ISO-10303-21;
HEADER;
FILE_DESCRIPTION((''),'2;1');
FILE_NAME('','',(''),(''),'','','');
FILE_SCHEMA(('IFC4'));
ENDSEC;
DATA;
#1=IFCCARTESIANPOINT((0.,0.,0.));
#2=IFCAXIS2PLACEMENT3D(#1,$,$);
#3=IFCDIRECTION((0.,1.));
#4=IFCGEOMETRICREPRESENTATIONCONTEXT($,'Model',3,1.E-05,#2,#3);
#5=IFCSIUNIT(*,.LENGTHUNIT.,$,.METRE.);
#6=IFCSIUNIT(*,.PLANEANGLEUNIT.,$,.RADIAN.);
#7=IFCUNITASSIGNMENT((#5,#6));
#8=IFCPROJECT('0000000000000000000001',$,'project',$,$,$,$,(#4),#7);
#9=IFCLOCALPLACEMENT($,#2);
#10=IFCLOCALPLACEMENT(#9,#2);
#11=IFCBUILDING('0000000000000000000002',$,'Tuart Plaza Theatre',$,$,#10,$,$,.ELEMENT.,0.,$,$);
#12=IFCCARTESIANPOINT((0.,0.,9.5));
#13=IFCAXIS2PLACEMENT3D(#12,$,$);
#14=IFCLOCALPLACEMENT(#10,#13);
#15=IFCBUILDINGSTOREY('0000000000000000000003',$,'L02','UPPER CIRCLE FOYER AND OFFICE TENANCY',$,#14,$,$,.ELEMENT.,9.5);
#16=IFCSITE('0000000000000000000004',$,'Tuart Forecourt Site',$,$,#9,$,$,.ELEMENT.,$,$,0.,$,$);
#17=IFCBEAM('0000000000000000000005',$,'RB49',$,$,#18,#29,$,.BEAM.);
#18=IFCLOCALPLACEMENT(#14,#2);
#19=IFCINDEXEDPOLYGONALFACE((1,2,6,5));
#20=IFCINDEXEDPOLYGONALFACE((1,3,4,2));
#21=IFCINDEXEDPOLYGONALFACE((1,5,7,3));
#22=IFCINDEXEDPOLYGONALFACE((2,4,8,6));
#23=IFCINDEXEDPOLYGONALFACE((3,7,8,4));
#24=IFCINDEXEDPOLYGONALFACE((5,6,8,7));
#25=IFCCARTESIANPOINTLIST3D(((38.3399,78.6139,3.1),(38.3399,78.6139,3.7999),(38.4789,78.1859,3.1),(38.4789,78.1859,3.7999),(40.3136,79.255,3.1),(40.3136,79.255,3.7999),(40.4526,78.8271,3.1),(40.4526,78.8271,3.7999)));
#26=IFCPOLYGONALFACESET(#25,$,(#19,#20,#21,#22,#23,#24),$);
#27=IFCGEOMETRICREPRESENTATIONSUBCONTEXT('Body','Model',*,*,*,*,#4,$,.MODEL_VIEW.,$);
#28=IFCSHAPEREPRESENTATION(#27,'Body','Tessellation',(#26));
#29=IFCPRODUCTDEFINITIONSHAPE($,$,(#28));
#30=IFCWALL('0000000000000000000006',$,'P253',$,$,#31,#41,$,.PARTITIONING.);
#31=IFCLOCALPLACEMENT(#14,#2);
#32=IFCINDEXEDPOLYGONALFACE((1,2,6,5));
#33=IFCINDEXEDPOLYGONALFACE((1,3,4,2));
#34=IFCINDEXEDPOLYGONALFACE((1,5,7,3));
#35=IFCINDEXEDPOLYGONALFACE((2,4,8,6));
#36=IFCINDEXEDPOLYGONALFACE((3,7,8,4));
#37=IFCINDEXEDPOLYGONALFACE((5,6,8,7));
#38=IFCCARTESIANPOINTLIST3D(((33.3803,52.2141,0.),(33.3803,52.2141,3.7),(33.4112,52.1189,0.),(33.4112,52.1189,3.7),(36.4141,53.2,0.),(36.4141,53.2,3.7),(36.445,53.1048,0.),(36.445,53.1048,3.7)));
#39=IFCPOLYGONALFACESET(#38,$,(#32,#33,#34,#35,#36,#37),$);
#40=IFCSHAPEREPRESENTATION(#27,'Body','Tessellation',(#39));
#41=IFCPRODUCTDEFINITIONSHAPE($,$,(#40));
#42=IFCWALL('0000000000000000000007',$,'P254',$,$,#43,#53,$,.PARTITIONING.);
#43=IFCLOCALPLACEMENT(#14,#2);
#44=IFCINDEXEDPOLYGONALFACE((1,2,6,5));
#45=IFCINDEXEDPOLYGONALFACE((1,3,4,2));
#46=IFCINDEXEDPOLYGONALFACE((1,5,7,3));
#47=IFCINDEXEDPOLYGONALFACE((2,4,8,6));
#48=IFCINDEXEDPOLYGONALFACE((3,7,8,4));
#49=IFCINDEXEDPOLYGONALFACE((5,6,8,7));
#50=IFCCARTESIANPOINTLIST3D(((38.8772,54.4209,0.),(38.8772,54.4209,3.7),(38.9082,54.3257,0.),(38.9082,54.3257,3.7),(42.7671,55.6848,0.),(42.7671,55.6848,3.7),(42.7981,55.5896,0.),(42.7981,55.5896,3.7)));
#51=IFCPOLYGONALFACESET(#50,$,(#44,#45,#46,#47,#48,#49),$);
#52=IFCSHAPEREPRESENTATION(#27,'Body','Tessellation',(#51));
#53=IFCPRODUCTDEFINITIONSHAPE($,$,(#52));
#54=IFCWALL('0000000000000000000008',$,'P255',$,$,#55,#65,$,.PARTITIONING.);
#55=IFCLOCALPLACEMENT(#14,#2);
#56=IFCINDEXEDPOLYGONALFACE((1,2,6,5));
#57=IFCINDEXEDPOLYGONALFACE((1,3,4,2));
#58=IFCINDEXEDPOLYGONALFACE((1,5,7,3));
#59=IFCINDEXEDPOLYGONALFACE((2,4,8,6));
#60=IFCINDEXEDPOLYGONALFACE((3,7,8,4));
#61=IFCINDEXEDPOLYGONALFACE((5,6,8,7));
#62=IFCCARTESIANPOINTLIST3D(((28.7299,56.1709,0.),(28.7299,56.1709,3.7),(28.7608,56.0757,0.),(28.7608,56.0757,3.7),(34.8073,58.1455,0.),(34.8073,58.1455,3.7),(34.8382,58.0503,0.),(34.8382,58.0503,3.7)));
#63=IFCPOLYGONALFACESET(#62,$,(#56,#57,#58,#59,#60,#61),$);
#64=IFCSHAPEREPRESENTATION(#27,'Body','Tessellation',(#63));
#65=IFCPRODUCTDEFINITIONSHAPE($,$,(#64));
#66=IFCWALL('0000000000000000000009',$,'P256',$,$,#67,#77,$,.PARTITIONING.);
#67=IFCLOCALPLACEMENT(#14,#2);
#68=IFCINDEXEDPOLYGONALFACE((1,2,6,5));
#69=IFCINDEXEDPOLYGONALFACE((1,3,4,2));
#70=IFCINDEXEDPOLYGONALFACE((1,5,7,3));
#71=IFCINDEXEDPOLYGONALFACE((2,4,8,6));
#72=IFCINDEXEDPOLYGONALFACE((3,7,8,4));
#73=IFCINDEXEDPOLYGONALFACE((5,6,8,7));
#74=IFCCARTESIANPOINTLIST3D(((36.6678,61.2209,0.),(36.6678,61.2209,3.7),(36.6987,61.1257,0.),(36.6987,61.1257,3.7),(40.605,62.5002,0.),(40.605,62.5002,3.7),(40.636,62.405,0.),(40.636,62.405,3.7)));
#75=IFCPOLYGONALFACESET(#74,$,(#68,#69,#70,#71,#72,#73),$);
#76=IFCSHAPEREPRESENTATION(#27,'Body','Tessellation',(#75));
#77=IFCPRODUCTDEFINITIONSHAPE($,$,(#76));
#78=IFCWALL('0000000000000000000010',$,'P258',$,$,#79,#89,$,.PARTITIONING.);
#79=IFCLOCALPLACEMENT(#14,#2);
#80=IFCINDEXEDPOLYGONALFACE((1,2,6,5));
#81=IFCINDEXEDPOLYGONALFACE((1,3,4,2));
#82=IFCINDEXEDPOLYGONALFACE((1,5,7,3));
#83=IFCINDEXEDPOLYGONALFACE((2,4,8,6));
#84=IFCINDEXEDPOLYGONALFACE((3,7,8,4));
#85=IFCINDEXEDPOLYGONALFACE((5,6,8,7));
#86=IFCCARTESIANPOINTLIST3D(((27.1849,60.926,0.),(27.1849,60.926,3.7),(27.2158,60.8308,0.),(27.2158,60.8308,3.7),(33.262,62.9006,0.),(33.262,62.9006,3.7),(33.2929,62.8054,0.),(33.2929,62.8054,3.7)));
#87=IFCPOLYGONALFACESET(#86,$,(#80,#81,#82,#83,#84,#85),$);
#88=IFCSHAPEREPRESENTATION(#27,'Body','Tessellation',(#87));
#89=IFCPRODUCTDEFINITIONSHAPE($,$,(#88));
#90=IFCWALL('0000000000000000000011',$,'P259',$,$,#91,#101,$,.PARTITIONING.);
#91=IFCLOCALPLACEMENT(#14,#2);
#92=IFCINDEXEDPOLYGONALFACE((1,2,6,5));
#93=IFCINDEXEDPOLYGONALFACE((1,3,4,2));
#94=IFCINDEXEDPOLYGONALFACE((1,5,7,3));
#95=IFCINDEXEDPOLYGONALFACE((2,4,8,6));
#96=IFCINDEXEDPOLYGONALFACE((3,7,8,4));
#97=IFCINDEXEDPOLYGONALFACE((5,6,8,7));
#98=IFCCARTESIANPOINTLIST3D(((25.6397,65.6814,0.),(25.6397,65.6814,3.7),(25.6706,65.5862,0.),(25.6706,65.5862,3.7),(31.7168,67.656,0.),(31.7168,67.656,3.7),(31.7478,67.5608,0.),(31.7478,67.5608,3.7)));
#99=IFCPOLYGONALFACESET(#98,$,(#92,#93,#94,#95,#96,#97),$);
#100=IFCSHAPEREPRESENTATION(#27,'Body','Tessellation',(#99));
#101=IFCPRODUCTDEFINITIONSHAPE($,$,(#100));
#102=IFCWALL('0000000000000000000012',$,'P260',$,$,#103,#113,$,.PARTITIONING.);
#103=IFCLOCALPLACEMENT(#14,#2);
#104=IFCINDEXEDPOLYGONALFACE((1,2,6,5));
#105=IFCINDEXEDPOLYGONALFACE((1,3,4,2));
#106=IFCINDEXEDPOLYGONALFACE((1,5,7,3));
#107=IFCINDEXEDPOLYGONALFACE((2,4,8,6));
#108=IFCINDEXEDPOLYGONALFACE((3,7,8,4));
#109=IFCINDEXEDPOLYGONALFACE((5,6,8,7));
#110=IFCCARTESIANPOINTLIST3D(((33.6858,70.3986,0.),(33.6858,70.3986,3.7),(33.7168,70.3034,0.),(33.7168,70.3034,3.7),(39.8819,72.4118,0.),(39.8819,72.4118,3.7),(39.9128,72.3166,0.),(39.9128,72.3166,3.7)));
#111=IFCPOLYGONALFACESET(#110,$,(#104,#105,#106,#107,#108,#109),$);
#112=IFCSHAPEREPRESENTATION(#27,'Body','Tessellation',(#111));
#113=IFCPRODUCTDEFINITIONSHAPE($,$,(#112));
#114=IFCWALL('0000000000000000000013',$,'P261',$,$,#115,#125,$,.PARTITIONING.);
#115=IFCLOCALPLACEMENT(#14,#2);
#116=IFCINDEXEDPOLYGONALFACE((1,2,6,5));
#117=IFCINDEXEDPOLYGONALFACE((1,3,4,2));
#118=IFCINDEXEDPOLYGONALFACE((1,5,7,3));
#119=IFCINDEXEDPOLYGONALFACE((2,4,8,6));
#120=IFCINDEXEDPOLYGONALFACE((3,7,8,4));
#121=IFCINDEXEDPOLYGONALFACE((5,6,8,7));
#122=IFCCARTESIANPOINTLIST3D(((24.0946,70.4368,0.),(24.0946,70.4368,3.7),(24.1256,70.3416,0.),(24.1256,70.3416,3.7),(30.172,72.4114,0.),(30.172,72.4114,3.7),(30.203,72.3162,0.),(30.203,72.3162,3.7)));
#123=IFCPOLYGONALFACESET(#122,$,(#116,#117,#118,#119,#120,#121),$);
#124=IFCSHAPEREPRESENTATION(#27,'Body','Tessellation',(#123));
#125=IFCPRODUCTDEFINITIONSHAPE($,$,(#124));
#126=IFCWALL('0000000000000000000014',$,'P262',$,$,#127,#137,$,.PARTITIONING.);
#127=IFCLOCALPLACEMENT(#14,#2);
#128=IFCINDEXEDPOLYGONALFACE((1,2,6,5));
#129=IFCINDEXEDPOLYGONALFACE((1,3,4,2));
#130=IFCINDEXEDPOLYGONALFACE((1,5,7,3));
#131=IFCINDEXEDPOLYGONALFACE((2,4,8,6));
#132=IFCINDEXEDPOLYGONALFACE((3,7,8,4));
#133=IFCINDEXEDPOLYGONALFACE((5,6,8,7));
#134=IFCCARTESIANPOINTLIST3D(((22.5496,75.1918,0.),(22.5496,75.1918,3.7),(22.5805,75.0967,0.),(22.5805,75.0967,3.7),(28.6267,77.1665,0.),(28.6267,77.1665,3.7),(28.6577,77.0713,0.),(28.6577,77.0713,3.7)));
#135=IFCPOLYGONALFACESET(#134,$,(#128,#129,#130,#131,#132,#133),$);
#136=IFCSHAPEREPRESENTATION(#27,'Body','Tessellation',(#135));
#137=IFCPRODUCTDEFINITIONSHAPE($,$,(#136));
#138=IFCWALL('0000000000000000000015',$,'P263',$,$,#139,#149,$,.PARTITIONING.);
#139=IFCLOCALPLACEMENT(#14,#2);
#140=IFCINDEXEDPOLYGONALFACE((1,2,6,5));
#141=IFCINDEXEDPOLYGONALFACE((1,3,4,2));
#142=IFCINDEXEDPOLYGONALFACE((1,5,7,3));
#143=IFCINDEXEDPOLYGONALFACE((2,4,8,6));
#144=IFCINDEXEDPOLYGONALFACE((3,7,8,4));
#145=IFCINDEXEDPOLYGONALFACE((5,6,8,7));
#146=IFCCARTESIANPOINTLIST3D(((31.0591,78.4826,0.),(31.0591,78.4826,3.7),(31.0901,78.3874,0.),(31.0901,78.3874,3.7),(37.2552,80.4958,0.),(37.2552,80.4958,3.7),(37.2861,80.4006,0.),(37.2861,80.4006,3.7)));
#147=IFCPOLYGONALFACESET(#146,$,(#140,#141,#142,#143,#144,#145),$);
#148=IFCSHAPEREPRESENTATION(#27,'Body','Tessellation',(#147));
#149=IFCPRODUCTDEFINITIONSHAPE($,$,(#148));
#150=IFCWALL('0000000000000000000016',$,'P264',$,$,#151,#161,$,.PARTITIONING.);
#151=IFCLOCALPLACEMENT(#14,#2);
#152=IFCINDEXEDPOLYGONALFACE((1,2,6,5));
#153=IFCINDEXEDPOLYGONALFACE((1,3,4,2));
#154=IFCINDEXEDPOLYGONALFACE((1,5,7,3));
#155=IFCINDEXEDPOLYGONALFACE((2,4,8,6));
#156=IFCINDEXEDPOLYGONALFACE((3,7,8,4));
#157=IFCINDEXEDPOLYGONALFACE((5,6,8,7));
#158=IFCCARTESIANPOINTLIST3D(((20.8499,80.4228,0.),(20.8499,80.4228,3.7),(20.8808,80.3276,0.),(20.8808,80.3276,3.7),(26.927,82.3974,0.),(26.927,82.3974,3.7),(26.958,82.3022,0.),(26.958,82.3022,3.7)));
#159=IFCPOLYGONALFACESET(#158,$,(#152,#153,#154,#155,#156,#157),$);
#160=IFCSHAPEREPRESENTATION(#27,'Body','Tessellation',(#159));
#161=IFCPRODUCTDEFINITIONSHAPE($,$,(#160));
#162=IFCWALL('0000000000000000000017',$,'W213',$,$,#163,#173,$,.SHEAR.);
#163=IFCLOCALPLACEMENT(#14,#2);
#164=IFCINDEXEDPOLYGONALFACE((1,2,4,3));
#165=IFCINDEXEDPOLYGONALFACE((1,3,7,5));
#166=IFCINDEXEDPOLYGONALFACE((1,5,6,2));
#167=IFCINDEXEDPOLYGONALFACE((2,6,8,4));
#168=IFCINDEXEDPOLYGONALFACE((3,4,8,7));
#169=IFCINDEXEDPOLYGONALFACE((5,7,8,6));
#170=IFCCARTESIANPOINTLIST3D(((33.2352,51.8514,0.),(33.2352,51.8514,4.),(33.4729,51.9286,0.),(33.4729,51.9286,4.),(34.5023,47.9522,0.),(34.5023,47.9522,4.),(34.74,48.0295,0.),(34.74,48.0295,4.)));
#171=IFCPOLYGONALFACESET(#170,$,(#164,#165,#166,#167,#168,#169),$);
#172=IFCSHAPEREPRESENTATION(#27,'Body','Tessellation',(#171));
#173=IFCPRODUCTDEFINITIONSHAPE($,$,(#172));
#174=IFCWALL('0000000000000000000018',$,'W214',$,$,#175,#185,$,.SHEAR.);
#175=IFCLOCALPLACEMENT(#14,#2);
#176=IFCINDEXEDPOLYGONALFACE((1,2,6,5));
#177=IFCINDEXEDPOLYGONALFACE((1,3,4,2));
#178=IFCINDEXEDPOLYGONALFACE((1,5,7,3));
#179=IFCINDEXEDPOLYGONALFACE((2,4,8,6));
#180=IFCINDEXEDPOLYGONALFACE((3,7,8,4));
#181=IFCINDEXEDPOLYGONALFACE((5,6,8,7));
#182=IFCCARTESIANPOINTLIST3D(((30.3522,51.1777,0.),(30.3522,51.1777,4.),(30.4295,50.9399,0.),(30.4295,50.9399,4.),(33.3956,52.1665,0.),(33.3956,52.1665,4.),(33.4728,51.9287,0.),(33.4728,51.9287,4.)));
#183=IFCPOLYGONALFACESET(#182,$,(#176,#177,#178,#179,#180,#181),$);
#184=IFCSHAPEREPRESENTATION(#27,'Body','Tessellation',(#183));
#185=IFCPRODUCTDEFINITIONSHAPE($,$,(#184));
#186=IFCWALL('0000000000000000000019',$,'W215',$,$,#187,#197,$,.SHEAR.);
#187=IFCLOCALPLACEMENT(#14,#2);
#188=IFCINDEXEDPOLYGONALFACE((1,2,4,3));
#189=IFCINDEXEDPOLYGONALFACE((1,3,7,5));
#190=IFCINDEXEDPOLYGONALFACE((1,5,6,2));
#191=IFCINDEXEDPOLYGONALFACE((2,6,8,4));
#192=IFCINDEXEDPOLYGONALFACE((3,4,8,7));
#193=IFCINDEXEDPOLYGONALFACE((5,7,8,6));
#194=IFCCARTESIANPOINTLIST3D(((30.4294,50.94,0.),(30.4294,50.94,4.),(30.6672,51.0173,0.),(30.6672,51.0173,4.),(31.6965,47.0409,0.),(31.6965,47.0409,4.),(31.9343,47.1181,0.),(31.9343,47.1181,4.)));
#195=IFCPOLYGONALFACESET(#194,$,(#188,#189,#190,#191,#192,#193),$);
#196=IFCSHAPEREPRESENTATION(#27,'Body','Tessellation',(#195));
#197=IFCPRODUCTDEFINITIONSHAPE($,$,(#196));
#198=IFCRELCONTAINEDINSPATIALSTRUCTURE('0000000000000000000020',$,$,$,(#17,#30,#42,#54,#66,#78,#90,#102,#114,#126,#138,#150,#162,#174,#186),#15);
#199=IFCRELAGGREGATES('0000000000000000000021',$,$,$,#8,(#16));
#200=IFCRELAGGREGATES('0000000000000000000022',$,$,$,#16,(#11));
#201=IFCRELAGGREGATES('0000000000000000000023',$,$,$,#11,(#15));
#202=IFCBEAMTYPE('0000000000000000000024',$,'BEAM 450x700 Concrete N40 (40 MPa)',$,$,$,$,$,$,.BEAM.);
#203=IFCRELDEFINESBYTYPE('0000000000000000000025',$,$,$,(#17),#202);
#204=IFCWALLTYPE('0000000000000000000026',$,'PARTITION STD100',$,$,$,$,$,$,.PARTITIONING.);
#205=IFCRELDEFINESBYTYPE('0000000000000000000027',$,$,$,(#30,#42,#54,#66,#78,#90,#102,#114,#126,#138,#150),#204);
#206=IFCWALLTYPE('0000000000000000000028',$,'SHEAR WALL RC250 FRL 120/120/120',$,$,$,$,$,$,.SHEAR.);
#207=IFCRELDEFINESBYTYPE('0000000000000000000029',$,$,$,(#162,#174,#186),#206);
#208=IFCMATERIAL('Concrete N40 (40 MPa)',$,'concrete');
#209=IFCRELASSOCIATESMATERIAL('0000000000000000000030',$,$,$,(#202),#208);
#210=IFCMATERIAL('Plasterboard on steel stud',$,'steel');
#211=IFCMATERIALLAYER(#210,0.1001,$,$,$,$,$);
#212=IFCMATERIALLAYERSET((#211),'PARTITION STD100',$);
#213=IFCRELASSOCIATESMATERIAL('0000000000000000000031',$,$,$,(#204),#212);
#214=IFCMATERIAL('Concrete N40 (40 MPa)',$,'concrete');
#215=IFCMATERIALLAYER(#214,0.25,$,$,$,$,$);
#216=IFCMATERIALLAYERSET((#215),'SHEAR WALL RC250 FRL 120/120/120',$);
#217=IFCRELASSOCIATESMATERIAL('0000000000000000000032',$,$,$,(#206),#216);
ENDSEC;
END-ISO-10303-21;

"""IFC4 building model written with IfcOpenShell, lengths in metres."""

from ifc_helpers import new_model, si_unit, direction, frame, frame_2d, origin, origin_2d, place, context, subcontext, project, spatial, rectangle, extrude, material, layer, layer_set, material_profile, profile_set, type_object, element, save


model = new_model("IFC4")

# Units and contexts
model_context = context("Model", 3, precision=1e-05, world=origin(), true_north=direction((0.0, 1.0)))
body_context = subcontext(model_context, "Body", "Model", "MODEL_VIEW")
ifc_project = project(units=[si_unit("LENGTHUNIT", "METRE"), si_unit("PLANEANGLEUNIT", "RADIAN")], contexts=[model_context])

# Site, building, storey
site_placement = place(None, origin())
site = spatial("IfcSite", under=ifc_project, at=site_placement, Name="Tuart Forecourt Site", CompositionType="ELEMENT", RefElevation=0.0)
building_placement = place(site_placement, origin())
building = spatial("IfcBuilding", under=site, at=building_placement, Name="Tuart Plaza Theatre", CompositionType="ELEMENT", ElevationOfRefHeight=0.0)
storey_placement = place(building_placement, frame((0.0, 0.0, 9.5)))
storey = spatial("IfcBuildingStorey", under=building, at=storey_placement, Name="L02", Description="UPPER CIRCLE FOYER AND OFFICE TENANCY", CompositionType="ELEMENT", Elevation=9.5)

# Beam
ifc_material_1 = material(Name="Concrete N40 (40 MPa)", Category="concrete")
ifc_material_profile = material_profile(ifc_material_1, rectangle(XDim=0.45, YDim=0.7, at=origin_2d()), Name="BEAM 450x700 Concrete N40 (40 MPa)")
ifc_profile_set = profile_set([ifc_material_profile], Name="Concrete N40 (40 MPa)")
beam_type = type_object("IfcBeamType", Name="BEAM 450x700 Concrete N40 (40 MPa)", PredefinedType="BEAM", material=ifc_profile_set)
beam_placement = place(storey_placement, frame((38.4094, 78.3999, 3.45), z_axis=(0.951079, 0.308948, 0.0), x_axis=(-0.308948, 0.951079, 0.0)))
element("IfcBeam", 1, at=beam_placement, inside=storey, type_object=beam_type, Name="RB49", PredefinedType="BEAM", context=body_context, shape_type="SweptSolid", body=[
    extrude(rectangle(XDim=0.45, YDim=0.7, at=origin_2d()), origin(), (0.0, 0.0, 1.0), 2.0752),
])

# Walls
ifc_material_2 = material(Name="Plasterboard on steel stud", Category="steel")
ifc_layer_1 = layer(ifc_material_2, 0.1001)
ifc_layer_set_1 = layer_set([ifc_layer_1], Name="PARTITION STD100")
wall_type_1 = type_object("IfcWallType", Name="PARTITION STD100", PredefinedType="PARTITIONING", material=ifc_layer_set_1)
wall_1_placement = place(storey_placement, frame((33.3958, 52.1665, 0.0), z_axis=(0.0, 0.0, 1.0), x_axis=(0.951044, 0.309055, 0.0)))
element("IfcWall", 2, at=wall_1_placement, inside=storey, type_object=wall_type_1, Name="P253", PredefinedType="PARTITIONING", context=body_context, shape_type="SweptSolid", body=[
    extrude(rectangle(XDim=3.1899, YDim=0.1001, at=frame_2d((1.595, 0.0))), origin(), (0.0, 0.0, 1.0), 3.7),
])
wall_2_placement = place(storey_placement, frame((38.8928, 54.3733, 0.0), z_axis=(0.0, 0.0, 1.0), x_axis=(0.951056, 0.30902, 0.0)))
element("IfcWall", 3, at=wall_2_placement, inside=storey, type_object=wall_type_1, Name="P254", PredefinedType="PARTITIONING", context=body_context, shape_type="SweptSolid", body=[
    extrude(rectangle(XDim=4.0901, YDim=0.1001, at=frame_2d((2.0449, 0.0))), origin(), (0.0, 0.0, 1.0), 3.7),
])
wall_3_placement = place(storey_placement, frame((28.7454, 56.1233, 0.0), z_axis=(0.0, 0.0, 1.0), x_axis=(0.951059, 0.309009, 0.0)))
element("IfcWall", 4, at=wall_3_placement, inside=storey, type_object=wall_type_1, Name="P255", PredefinedType="PARTITIONING", context=body_context, shape_type="SweptSolid", body=[
    extrude(rectangle(XDim=6.3901, YDim=0.1001, at=frame_2d((3.1951, 0.0))), origin(), (0.0, 0.0, 1.0), 3.7),
])
wall_4_placement = place(storey_placement, frame((36.6833, 61.1733, 0.0), z_axis=(0.0, 0.0, 1.0), x_axis=(0.951056, 0.309018, 0.0)))
element("IfcWall", 5, at=wall_4_placement, inside=storey, type_object=wall_type_1, Name="P256", PredefinedType="PARTITIONING", context=body_context, shape_type="SweptSolid", body=[
    extrude(rectangle(XDim=4.1399, YDim=0.1001, at=frame_2d((2.0698, 0.0))), origin(), (0.0, 0.0, 1.0), 3.7),
])
for number, where, z_axis, x_axis, name in (
    (6, (27.2004, 60.8784, 0.0), (0.0, 0.0, 1.0), (0.951055, 0.30902, 0.0), "P258"),
    (7, (25.6553, 65.6338, 0.0), (0.0, 0.0, 1.0), (0.951055, 0.30902, 0.0), "P259"),
):
    element("IfcWall", number, at=place(storey_placement, frame(where, z_axis=z_axis, x_axis=x_axis)), inside=storey, type_object=wall_type_1, Name=name, PredefinedType="PARTITIONING", context=body_context, shape_type="SweptSolid", body=[
        extrude(rectangle(XDim=6.3899, YDim=0.1001, at=frame_2d((3.1948, 0.0))), origin(), (0.0, 0.0, 1.0), 3.7),
    ])
wall_5_placement = place(storey_placement, frame((33.7014, 70.3511, 0.0), z_axis=(0.0, 0.0, 1.0), x_axis=(0.951058, 0.309012, 0.0)))
element("IfcWall", 8, at=wall_5_placement, inside=storey, type_object=wall_type_1, Name="P260", PredefinedType="PARTITIONING", context=body_context, shape_type="SweptSolid", body=[
    extrude(rectangle(XDim=6.5149, YDim=0.1001, at=frame_2d((3.2573, 0.0))), origin(), (0.0, 0.0, 1.0), 3.7),
])
wall_6_placement = place(storey_placement, frame((24.1101, 70.3892, 0.0), z_axis=(0.0, 0.0, 1.0), x_axis=(0.951059, 0.309009, 0.0)))
element("IfcWall", 9, at=wall_6_placement, inside=storey, type_object=wall_type_1, Name="P261", PredefinedType="PARTITIONING", context=body_context, shape_type="SweptSolid", body=[
    extrude(rectangle(XDim=6.3901, YDim=0.1001, at=frame_2d((3.1951, 0.0))), origin(), (0.0, 0.0, 1.0), 3.7),
])
wall_7_placement = place(storey_placement, frame((22.5652, 75.1443, 0.0), z_axis=(0.0, 0.0, 1.0), x_axis=(0.951055, 0.30902, 0.0)))
element("IfcWall", 10, at=wall_7_placement, inside=storey, type_object=wall_type_1, Name="P262", PredefinedType="PARTITIONING", context=body_context, shape_type="SweptSolid", body=[
    extrude(rectangle(XDim=6.3899, YDim=0.1001, at=frame_2d((3.1948, 0.0))), origin(), (0.0, 0.0, 1.0), 3.7),
])
wall_8_placement = place(storey_placement, frame((31.0747, 78.4351, 0.0), z_axis=(0.0, 0.0, 1.0), x_axis=(0.951058, 0.309012, 0.0)))
element("IfcWall", 11, at=wall_8_placement, inside=storey, type_object=wall_type_1, Name="P263", PredefinedType="PARTITIONING", context=body_context, shape_type="SweptSolid", body=[
    extrude(rectangle(XDim=6.5149, YDim=0.1001, at=frame_2d((3.2573, 0.0))), origin(), (0.0, 0.0, 1.0), 3.7),
])
wall_9_placement = place(storey_placement, frame((20.8655, 80.3752, 0.0), z_axis=(0.0, 0.0, 1.0), x_axis=(0.951055, 0.30902, 0.0)))
element("IfcWall", 12, at=wall_9_placement, inside=storey, type_object=wall_type_1, Name="P264", PredefinedType="PARTITIONING", context=body_context, shape_type="SweptSolid", body=[
    extrude(rectangle(XDim=6.3899, YDim=0.1001, at=frame_2d((3.1948, 0.0))), origin(), (0.0, 0.0, 1.0), 3.7),
])
ifc_material_3 = material(Name="Concrete N40 (40 MPa)", Category="concrete")
ifc_layer_2 = layer(ifc_material_3, 0.25)
ifc_layer_set_2 = layer_set([ifc_layer_2], Name="SHEAR WALL RC250 FRL 120/120/120")
wall_type_2 = type_object("IfcWallType", Name="SHEAR WALL RC250 FRL 120/120/120", PredefinedType="SHEAR", material=ifc_layer_set_2)
wall_10_placement = place(storey_placement, frame((34.6211, 47.991, 0.0), z_axis=(0.0, 0.0, 1.0), x_axis=(-0.309055, 0.951044, 0.0)))
element("IfcWall", 13, at=wall_10_placement, inside=storey, type_object=wall_type_2, Name="W213", PredefinedType="SHEAR", context=body_context, shape_type="SweptSolid", body=[
    extrude(rectangle(XDim=4.0999, YDim=0.25, at=frame_2d((2.0498, 0.0))), origin(), (0.0, 0.0, 1.0), 4.0),
])
wall_11_placement = place(storey_placement, frame((33.4343, 52.0476, 0.0), z_axis=(0.0, 0.0, 1.0), x_axis=(-0.951067, -0.308986, 0.0)))
element("IfcWall", 14, at=wall_11_placement, inside=storey, type_object=wall_type_2, Name="W214", PredefinedType="SHEAR", context=body_context, shape_type="SweptSolid", body=[
    extrude(rectangle(XDim=3.2, YDim=0.25, at=frame_2d((1.6001, 0.0))), origin(), (0.0, 0.0, 1.0), 4.0),
])
wall_12_placement = place(storey_placement, frame((30.5483, 50.9785, 0.0), z_axis=(0.0, 0.0, 1.0), x_axis=(0.309055, -0.951044, 0.0)))
element("IfcWall", 15, at=wall_12_placement, inside=storey, type_object=wall_type_2, Name="W215", PredefinedType="SHEAR", context=body_context, shape_type="SweptSolid", body=[
    extrude(rectangle(XDim=4.0999, YDim=0.25, at=frame_2d((2.0498, 0.0))), origin(), (0.0, 0.0, 1.0), 4.0),
])

save(model, "model.ifc")
